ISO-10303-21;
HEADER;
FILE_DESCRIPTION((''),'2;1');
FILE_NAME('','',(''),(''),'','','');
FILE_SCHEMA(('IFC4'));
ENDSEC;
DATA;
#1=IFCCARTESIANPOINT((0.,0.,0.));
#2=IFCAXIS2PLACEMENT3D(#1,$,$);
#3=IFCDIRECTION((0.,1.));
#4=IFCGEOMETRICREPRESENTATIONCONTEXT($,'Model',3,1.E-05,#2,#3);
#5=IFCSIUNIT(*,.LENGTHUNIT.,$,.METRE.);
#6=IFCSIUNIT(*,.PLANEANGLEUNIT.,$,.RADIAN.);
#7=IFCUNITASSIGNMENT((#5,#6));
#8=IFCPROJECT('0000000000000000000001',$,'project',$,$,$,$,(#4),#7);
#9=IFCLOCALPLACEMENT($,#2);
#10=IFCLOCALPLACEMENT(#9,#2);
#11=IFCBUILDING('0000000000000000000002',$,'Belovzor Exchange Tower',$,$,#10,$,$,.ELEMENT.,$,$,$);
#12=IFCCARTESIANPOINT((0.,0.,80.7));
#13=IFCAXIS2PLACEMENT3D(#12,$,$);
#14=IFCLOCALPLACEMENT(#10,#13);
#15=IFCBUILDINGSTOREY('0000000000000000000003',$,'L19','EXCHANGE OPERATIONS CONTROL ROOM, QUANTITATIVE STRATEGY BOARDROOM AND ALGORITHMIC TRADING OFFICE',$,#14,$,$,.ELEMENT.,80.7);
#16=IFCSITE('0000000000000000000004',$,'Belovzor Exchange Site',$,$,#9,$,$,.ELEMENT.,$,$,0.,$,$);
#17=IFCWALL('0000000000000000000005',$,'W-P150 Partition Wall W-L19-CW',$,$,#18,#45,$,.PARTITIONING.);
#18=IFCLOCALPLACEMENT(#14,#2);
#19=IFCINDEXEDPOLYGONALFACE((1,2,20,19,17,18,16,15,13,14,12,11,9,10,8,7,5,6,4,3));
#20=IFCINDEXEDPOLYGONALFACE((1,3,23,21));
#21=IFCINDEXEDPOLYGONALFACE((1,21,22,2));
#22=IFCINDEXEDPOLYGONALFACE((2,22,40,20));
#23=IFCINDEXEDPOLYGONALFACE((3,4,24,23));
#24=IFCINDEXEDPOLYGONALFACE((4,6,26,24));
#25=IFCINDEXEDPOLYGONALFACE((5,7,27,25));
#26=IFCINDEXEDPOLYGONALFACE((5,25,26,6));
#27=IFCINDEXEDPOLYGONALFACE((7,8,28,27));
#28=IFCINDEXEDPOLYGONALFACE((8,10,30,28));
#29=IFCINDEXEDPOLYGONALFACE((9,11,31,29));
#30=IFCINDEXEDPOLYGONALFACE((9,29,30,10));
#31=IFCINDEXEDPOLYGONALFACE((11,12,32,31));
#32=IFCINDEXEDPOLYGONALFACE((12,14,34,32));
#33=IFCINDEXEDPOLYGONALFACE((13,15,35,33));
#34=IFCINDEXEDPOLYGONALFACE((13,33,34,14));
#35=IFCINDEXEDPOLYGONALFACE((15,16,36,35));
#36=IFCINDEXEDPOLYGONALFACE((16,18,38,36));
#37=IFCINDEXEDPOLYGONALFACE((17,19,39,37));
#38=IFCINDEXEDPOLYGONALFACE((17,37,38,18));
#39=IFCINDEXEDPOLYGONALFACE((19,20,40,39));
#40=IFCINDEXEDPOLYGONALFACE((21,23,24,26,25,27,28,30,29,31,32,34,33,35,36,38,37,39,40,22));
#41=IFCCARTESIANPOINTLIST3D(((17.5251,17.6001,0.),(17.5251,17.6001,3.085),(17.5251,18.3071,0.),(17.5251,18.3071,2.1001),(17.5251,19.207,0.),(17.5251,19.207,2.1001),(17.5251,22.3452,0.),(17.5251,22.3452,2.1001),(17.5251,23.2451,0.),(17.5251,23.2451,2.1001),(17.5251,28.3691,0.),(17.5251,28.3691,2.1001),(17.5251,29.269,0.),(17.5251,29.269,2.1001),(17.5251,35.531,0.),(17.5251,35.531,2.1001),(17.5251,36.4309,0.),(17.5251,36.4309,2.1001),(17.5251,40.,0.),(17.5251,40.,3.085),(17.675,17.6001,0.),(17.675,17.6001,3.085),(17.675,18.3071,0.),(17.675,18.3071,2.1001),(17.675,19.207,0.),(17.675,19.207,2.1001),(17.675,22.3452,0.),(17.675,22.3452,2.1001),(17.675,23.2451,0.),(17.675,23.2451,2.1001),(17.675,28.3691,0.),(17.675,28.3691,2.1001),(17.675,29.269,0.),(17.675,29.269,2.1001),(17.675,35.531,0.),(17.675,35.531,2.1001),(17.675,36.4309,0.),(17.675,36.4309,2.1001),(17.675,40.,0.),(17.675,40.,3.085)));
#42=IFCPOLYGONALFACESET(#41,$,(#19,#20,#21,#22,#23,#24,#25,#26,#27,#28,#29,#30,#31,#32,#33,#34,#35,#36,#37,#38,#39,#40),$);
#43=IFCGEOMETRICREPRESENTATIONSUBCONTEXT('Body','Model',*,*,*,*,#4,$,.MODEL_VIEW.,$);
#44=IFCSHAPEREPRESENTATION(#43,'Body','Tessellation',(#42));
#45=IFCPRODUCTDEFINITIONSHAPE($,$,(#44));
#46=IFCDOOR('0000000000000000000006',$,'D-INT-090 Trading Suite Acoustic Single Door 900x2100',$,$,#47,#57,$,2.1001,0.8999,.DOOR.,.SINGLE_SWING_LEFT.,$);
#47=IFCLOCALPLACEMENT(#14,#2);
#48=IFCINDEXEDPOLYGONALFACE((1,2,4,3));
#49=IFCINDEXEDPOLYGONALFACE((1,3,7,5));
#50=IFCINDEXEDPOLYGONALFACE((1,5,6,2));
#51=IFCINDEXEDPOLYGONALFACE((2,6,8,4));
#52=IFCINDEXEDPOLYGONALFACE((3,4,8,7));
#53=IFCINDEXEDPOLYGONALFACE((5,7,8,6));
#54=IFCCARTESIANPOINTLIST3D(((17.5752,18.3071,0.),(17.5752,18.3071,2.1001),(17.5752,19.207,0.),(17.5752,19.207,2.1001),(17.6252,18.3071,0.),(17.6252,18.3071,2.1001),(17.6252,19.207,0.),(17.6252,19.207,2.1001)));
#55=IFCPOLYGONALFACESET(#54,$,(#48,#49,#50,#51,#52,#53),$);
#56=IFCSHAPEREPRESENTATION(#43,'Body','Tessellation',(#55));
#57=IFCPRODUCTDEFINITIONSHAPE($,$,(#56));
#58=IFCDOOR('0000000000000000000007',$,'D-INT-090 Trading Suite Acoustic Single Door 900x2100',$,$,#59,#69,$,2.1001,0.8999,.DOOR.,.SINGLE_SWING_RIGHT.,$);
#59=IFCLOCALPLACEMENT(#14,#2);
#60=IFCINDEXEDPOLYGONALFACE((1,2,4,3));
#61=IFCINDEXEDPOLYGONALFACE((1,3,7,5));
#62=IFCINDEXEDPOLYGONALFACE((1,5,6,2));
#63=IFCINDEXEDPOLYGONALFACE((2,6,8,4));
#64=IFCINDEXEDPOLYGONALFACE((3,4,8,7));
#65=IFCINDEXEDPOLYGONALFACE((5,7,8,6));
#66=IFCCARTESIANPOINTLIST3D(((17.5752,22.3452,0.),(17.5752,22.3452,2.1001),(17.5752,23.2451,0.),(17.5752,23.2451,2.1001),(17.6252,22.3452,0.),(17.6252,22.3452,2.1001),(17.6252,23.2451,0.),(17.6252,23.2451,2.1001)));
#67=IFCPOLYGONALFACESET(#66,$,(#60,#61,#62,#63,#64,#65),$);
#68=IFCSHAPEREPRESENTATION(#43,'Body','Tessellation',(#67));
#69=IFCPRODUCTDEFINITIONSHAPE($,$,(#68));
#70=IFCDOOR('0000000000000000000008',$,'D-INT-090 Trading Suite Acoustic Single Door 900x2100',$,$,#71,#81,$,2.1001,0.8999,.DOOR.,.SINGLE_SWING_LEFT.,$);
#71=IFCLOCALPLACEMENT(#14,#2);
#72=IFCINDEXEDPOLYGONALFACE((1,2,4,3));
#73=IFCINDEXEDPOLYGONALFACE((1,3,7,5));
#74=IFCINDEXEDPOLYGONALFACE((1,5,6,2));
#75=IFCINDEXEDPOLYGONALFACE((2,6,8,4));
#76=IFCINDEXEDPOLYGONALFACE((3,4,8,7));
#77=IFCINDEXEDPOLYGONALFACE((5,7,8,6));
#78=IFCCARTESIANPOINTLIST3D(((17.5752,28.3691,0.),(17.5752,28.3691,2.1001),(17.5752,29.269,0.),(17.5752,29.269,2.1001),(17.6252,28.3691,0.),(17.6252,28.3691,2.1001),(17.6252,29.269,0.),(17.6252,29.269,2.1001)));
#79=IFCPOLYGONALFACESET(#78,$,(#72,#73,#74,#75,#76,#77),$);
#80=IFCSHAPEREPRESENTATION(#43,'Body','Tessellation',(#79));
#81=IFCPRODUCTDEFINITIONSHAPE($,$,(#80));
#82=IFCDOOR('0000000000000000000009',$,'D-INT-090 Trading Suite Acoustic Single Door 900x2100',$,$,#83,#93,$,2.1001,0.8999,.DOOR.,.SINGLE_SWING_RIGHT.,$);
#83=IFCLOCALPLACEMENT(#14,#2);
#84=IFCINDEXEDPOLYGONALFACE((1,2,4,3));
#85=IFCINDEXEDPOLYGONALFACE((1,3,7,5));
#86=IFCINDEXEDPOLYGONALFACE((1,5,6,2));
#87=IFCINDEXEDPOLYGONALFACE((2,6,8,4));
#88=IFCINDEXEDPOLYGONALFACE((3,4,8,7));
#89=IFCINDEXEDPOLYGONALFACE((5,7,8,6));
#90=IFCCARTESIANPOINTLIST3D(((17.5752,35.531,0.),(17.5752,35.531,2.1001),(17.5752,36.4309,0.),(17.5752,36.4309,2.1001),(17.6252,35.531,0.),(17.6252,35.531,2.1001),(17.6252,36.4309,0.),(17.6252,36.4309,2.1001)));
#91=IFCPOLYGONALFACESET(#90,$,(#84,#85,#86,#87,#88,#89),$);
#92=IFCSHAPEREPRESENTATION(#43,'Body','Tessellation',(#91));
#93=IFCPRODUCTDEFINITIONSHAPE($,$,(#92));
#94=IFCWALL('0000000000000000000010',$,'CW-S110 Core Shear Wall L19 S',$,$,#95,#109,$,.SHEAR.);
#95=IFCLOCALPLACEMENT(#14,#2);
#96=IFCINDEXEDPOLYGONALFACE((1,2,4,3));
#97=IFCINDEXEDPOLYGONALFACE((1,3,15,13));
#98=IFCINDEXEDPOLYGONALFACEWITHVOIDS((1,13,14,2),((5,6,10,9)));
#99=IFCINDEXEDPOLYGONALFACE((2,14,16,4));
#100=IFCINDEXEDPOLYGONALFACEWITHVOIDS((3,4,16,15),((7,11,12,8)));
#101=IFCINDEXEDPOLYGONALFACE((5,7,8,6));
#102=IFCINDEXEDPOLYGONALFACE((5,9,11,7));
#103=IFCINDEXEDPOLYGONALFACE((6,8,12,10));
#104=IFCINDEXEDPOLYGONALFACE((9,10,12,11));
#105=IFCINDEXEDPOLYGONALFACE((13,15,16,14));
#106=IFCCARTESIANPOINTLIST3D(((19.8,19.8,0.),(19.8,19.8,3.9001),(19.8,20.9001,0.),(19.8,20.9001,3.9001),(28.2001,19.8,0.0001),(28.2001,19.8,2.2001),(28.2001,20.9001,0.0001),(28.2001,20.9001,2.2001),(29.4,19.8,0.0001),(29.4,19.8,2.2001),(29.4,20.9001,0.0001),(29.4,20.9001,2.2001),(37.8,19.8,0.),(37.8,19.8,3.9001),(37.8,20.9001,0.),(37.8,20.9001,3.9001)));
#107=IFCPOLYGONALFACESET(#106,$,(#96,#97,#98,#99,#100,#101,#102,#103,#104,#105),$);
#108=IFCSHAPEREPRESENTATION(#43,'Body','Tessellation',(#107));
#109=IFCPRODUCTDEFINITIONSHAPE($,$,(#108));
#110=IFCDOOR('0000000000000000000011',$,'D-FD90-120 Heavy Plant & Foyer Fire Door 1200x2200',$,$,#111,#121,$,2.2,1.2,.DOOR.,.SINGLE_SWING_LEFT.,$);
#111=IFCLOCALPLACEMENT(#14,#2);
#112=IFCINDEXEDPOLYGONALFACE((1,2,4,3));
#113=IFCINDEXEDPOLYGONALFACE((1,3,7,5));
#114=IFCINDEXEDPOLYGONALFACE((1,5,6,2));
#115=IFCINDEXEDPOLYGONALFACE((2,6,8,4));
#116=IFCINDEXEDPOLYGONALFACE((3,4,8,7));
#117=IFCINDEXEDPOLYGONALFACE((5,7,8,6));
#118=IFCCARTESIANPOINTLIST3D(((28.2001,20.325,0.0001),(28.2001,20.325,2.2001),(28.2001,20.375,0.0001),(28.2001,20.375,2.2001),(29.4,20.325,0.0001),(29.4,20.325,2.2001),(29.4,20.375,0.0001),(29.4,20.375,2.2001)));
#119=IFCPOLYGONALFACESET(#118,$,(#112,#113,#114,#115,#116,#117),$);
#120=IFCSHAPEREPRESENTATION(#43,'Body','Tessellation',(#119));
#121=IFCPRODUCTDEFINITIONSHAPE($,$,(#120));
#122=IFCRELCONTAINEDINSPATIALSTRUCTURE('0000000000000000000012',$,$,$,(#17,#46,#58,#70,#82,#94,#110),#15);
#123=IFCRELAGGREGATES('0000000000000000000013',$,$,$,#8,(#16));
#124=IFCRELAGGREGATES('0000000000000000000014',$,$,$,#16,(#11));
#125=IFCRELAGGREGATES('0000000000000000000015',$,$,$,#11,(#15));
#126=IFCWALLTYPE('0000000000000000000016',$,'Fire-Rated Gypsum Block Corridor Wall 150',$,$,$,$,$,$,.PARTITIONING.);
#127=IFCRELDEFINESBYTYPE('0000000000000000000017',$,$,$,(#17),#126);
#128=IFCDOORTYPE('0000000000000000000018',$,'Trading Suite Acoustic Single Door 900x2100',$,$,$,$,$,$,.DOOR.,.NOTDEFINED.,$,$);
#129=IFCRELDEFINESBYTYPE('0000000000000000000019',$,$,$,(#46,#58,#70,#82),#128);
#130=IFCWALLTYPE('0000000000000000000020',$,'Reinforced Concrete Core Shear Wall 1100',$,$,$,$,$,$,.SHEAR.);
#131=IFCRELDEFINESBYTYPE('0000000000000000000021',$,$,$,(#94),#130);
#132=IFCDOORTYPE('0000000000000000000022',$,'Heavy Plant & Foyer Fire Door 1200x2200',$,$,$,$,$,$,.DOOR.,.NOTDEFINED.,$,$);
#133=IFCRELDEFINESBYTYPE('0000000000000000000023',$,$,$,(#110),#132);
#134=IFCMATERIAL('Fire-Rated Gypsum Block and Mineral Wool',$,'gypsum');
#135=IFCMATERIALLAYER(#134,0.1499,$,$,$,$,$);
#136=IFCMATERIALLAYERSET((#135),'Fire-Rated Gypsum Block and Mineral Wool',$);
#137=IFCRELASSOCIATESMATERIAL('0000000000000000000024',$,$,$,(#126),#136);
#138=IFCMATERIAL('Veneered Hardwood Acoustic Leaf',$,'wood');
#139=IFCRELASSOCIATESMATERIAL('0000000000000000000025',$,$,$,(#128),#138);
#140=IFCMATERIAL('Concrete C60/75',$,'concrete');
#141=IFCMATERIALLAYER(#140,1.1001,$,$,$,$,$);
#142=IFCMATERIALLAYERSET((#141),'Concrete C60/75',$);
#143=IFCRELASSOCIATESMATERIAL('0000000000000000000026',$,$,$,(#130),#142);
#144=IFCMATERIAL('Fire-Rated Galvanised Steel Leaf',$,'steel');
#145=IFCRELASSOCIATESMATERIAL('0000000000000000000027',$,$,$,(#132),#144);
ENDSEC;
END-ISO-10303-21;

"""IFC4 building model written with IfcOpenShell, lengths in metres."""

from ifc_helpers import new_model, si_unit, direction, frame, frame_2d, origin, place, context, subcontext, project, spatial, rectangle, extrude, material, layer, layer_set, type_object, element, fill, save


model = new_model("IFC4")

# Units and contexts
model_context = context("Model", 3, precision=1e-05, world=origin(), true_north=direction((0.0, 1.0)))
body_context = subcontext(model_context, "Body", "Model", "MODEL_VIEW")
ifc_project = project(units=[si_unit("LENGTHUNIT", "METRE"), si_unit("PLANEANGLEUNIT", "RADIAN")], contexts=[model_context])

# Site, building, storey
site_placement = place(None, origin())
site = spatial("IfcSite", under=ifc_project, at=site_placement, Name="Belovzor Exchange Site", CompositionType="ELEMENT", RefElevation=0.0)
building_placement = place(site_placement, origin())
building = spatial("IfcBuilding", under=site, at=building_placement, Name="Belovzor Exchange Tower", CompositionType="ELEMENT")
storey_placement = place(building_placement, frame((0.0, 0.0, 80.7)))
storey = spatial("IfcBuildingStorey", under=building, at=storey_placement, Name="L19", Description="EXCHANGE OPERATIONS CONTROL ROOM, QUANTITATIVE STRATEGY BOARDROOM AND ALGORITHMIC TRADING OFFICE", CompositionType="ELEMENT", Elevation=80.7)

# Shared definitions
ifc_material_1 = material(Name="Fire-Rated Gypsum Block and Mineral Wool", Category="gypsum")
ifc_layer_1 = layer(ifc_material_1, 0.1499)
ifc_layer_set_1 = layer_set([ifc_layer_1], Name="Fire-Rated Gypsum Block and Mineral Wool")
wall_type_1 = type_object("IfcWallType", Name="Fire-Rated Gypsum Block Corridor Wall 150", PredefinedType="PARTITIONING", material=ifc_layer_set_1)

# Wall, openings, doors
ifc_material_2 = material(Name="Veneered Hardwood Acoustic Leaf", Category="wood")
door_type_1 = type_object("IfcDoorType", Name="Trading Suite Acoustic Single Door 900x2100", OperationType="NOTDEFINED", PredefinedType="DOOR", material=ifc_material_2)
wall_1_placement = place(storey_placement, frame((17.6001, 17.6001, 0.0), z_axis=(0.0, 0.0, 1.0), x_axis=(0.0, 1.0, 0.0)))
wall_1 = element("IfcWall", 1, at=wall_1_placement, inside=storey, type_object=wall_type_1, Name="W-P150 Partition Wall W-L19-CW", PredefinedType="PARTITIONING", context=body_context, shape_type="SweptSolid", body=[
    extrude(rectangle(XDim=22.3999, YDim=0.1499, at=frame_2d((11.2, 0.0))), origin(), (0.0, 0.0, 1.0), 3.085),
])
opening_1_placement = place(wall_1_placement, frame((0.707, 0.0, 0.0)))
opening_1 = element("IfcOpeningElement", 2, at=opening_1_placement, cuts=wall_1, PredefinedType="OPENING", context=body_context, shape_type="SweptSolid", body=[
    extrude(rectangle(XDim=0.8999, YDim=2.1001, at=frame_2d((0.45, 1.05))), frame((0.0, 0.085, 0.0), z_axis=(0.0, -1.0, 0.0), x_axis=(1.0, 0.0, 0.0)), (0.0, 0.0, 1.0), 0.1699),
])
opening_2_placement = place(wall_1_placement, frame((4.7451, 0.0, 0.0)))
opening_2 = element("IfcOpeningElement", 3, at=opening_2_placement, cuts=wall_1, PredefinedType="OPENING", context=body_context, shape_type="SweptSolid", body=[
    extrude(rectangle(XDim=0.8999, YDim=2.1001, at=frame_2d((0.45, 1.05))), frame((0.0, 0.085, 0.0), z_axis=(0.0, -1.0, 0.0), x_axis=(1.0, 0.0, 0.0)), (0.0, 0.0, 1.0), 0.1699),
])
opening_3_placement = place(wall_1_placement, frame((10.769, 0.0, 0.0)))
opening_3 = element("IfcOpeningElement", 4, at=opening_3_placement, cuts=wall_1, PredefinedType="OPENING", context=body_context, shape_type="SweptSolid", body=[
    extrude(rectangle(XDim=0.8999, YDim=2.1001, at=frame_2d((0.45, 1.05))), frame((0.0, 0.085, 0.0), z_axis=(0.0, -1.0, 0.0), x_axis=(1.0, 0.0, 0.0)), (0.0, 0.0, 1.0), 0.1699),
])
opening_4_placement = place(wall_1_placement, frame((17.9309, 0.0, 0.0)))
opening_4 = element("IfcOpeningElement", 5, at=opening_4_placement, cuts=wall_1, PredefinedType="OPENING", context=body_context, shape_type="SweptSolid", body=[
    extrude(rectangle(XDim=0.8999, YDim=2.1001, at=frame_2d((0.45, 1.05))), frame((0.0, 0.085, 0.0), z_axis=(0.0, -1.0, 0.0), x_axis=(1.0, 0.0, 0.0)), (0.0, 0.0, 1.0), 0.1699),
])
door_1_placement = place(opening_1_placement, origin())
door_1 = element("IfcDoor", 6, at=door_1_placement, inside=storey, type_object=door_type_1, Name="D-INT-090 Trading Suite Acoustic Single Door 900x2100", OperationType="SINGLE_SWING_LEFT", OverallHeight=2.1001, OverallWidth=0.8999, PredefinedType="DOOR", context=body_context, shape_type="SweptSolid", body=[
    extrude(rectangle(XDim=0.8999, YDim=2.1001, at=frame_2d((0.45, 1.05))), frame((0.0, 0.0249, 0.0), z_axis=(0.0, -1.0, 0.0), x_axis=(1.0, 0.0, 0.0)), (0.0, 0.0, 1.0), 0.05),
])
fill(opening_1, door_1)
door_2_placement = place(opening_2_placement, origin())
door_2 = element("IfcDoor", 7, at=door_2_placement, inside=storey, type_object=door_type_1, Name="D-INT-090 Trading Suite Acoustic Single Door 900x2100", OperationType="SINGLE_SWING_RIGHT", OverallHeight=2.1001, OverallWidth=0.8999, PredefinedType="DOOR", context=body_context, shape_type="SweptSolid", body=[
    extrude(rectangle(XDim=0.8999, YDim=2.1001, at=frame_2d((0.45, 1.05))), frame((0.0, 0.0249, 0.0), z_axis=(0.0, -1.0, 0.0), x_axis=(1.0, 0.0, 0.0)), (0.0, 0.0, 1.0), 0.05),
])
fill(opening_2, door_2)
door_3_placement = place(opening_3_placement, origin())
door_3 = element("IfcDoor", 8, at=door_3_placement, inside=storey, type_object=door_type_1, Name="D-INT-090 Trading Suite Acoustic Single Door 900x2100", OperationType="SINGLE_SWING_LEFT", OverallHeight=2.1001, OverallWidth=0.8999, PredefinedType="DOOR", context=body_context, shape_type="SweptSolid", body=[
    extrude(rectangle(XDim=0.8999, YDim=2.1001, at=frame_2d((0.45, 1.05))), frame((0.0, 0.0249, 0.0), z_axis=(0.0, -1.0, 0.0), x_axis=(1.0, 0.0, 0.0)), (0.0, 0.0, 1.0), 0.05),
])
fill(opening_3, door_3)
door_4_placement = place(opening_4_placement, origin())
door_4 = element("IfcDoor", 9, at=door_4_placement, inside=storey, type_object=door_type_1, Name="D-INT-090 Trading Suite Acoustic Single Door 900x2100", OperationType="SINGLE_SWING_RIGHT", OverallHeight=2.1001, OverallWidth=0.8999, PredefinedType="DOOR", context=body_context, shape_type="SweptSolid", body=[
    extrude(rectangle(XDim=0.8999, YDim=2.1001, at=frame_2d((0.45, 1.05))), frame((0.0, 0.0249, 0.0), z_axis=(0.0, -1.0, 0.0), x_axis=(1.0, 0.0, 0.0)), (0.0, 0.0, 1.0), 0.05),
])
fill(opening_4, door_4)

# Wall, opening, door
ifc_material_3 = material(Name="Concrete C60/75", Category="concrete")
ifc_layer_2 = layer(ifc_material_3, 1.1001)
ifc_layer_set_2 = layer_set([ifc_layer_2], Name="Concrete C60/75")
wall_type_2 = type_object("IfcWallType", Name="Reinforced Concrete Core Shear Wall 1100", PredefinedType="SHEAR", material=ifc_layer_set_2)
wall_2_placement = place(storey_placement, frame((19.8, 20.3501, 0.0), z_axis=(0.0, 0.0, 1.0), x_axis=(1.0, 0.0, 0.0)))
wall_2 = element("IfcWall", 10, at=wall_2_placement, inside=storey, type_object=wall_type_2, Name="CW-S110 Core Shear Wall L19 S", PredefinedType="SHEAR", context=body_context, shape_type="SweptSolid", body=[
    extrude(rectangle(XDim=18.0, YDim=1.1001, at=frame_2d((9.0, 0.0))), origin(), (0.0, 0.0, 1.0), 3.9001),
])
opening_5_placement = place(wall_2_placement, frame((8.3999, 0.0, 0.0)))
opening_5 = element("IfcOpeningElement", 11, at=opening_5_placement, cuts=wall_2, PredefinedType="OPENING", context=body_context, shape_type="SweptSolid", body=[
    extrude(rectangle(XDim=1.2, YDim=2.2, at=frame_2d((0.6001, 1.1001))), frame((0.0, 0.5601, 0.0), z_axis=(0.0, -1.0, 0.0), x_axis=(1.0, 0.0, 0.0)), (0.0, 0.0, 1.0), 1.1201),
])
ifc_material_4 = material(Name="Fire-Rated Galvanised Steel Leaf", Category="steel")
door_type_2 = type_object("IfcDoorType", Name="Heavy Plant & Foyer Fire Door 1200x2200", OperationType="NOTDEFINED", PredefinedType="DOOR", material=ifc_material_4)
door_5_placement = place(opening_5_placement, origin())
door_5 = element("IfcDoor", 12, at=door_5_placement, inside=storey, type_object=door_type_2, Name="D-FD90-120 Heavy Plant & Foyer Fire Door 1200x2200", OperationType="SINGLE_SWING_LEFT", OverallHeight=2.2, OverallWidth=1.2, PredefinedType="DOOR", context=body_context, shape_type="SweptSolid", body=[
    extrude(rectangle(XDim=1.2, YDim=2.2, at=frame_2d((0.6001, 1.1001))), frame((0.0, 0.0249, 0.0), z_axis=(0.0, -1.0, 0.0), x_axis=(1.0, 0.0, 0.0)), (0.0, 0.0, 1.0), 0.05),
])
fill(opening_5, door_5)

save(model, "model.ifc")
